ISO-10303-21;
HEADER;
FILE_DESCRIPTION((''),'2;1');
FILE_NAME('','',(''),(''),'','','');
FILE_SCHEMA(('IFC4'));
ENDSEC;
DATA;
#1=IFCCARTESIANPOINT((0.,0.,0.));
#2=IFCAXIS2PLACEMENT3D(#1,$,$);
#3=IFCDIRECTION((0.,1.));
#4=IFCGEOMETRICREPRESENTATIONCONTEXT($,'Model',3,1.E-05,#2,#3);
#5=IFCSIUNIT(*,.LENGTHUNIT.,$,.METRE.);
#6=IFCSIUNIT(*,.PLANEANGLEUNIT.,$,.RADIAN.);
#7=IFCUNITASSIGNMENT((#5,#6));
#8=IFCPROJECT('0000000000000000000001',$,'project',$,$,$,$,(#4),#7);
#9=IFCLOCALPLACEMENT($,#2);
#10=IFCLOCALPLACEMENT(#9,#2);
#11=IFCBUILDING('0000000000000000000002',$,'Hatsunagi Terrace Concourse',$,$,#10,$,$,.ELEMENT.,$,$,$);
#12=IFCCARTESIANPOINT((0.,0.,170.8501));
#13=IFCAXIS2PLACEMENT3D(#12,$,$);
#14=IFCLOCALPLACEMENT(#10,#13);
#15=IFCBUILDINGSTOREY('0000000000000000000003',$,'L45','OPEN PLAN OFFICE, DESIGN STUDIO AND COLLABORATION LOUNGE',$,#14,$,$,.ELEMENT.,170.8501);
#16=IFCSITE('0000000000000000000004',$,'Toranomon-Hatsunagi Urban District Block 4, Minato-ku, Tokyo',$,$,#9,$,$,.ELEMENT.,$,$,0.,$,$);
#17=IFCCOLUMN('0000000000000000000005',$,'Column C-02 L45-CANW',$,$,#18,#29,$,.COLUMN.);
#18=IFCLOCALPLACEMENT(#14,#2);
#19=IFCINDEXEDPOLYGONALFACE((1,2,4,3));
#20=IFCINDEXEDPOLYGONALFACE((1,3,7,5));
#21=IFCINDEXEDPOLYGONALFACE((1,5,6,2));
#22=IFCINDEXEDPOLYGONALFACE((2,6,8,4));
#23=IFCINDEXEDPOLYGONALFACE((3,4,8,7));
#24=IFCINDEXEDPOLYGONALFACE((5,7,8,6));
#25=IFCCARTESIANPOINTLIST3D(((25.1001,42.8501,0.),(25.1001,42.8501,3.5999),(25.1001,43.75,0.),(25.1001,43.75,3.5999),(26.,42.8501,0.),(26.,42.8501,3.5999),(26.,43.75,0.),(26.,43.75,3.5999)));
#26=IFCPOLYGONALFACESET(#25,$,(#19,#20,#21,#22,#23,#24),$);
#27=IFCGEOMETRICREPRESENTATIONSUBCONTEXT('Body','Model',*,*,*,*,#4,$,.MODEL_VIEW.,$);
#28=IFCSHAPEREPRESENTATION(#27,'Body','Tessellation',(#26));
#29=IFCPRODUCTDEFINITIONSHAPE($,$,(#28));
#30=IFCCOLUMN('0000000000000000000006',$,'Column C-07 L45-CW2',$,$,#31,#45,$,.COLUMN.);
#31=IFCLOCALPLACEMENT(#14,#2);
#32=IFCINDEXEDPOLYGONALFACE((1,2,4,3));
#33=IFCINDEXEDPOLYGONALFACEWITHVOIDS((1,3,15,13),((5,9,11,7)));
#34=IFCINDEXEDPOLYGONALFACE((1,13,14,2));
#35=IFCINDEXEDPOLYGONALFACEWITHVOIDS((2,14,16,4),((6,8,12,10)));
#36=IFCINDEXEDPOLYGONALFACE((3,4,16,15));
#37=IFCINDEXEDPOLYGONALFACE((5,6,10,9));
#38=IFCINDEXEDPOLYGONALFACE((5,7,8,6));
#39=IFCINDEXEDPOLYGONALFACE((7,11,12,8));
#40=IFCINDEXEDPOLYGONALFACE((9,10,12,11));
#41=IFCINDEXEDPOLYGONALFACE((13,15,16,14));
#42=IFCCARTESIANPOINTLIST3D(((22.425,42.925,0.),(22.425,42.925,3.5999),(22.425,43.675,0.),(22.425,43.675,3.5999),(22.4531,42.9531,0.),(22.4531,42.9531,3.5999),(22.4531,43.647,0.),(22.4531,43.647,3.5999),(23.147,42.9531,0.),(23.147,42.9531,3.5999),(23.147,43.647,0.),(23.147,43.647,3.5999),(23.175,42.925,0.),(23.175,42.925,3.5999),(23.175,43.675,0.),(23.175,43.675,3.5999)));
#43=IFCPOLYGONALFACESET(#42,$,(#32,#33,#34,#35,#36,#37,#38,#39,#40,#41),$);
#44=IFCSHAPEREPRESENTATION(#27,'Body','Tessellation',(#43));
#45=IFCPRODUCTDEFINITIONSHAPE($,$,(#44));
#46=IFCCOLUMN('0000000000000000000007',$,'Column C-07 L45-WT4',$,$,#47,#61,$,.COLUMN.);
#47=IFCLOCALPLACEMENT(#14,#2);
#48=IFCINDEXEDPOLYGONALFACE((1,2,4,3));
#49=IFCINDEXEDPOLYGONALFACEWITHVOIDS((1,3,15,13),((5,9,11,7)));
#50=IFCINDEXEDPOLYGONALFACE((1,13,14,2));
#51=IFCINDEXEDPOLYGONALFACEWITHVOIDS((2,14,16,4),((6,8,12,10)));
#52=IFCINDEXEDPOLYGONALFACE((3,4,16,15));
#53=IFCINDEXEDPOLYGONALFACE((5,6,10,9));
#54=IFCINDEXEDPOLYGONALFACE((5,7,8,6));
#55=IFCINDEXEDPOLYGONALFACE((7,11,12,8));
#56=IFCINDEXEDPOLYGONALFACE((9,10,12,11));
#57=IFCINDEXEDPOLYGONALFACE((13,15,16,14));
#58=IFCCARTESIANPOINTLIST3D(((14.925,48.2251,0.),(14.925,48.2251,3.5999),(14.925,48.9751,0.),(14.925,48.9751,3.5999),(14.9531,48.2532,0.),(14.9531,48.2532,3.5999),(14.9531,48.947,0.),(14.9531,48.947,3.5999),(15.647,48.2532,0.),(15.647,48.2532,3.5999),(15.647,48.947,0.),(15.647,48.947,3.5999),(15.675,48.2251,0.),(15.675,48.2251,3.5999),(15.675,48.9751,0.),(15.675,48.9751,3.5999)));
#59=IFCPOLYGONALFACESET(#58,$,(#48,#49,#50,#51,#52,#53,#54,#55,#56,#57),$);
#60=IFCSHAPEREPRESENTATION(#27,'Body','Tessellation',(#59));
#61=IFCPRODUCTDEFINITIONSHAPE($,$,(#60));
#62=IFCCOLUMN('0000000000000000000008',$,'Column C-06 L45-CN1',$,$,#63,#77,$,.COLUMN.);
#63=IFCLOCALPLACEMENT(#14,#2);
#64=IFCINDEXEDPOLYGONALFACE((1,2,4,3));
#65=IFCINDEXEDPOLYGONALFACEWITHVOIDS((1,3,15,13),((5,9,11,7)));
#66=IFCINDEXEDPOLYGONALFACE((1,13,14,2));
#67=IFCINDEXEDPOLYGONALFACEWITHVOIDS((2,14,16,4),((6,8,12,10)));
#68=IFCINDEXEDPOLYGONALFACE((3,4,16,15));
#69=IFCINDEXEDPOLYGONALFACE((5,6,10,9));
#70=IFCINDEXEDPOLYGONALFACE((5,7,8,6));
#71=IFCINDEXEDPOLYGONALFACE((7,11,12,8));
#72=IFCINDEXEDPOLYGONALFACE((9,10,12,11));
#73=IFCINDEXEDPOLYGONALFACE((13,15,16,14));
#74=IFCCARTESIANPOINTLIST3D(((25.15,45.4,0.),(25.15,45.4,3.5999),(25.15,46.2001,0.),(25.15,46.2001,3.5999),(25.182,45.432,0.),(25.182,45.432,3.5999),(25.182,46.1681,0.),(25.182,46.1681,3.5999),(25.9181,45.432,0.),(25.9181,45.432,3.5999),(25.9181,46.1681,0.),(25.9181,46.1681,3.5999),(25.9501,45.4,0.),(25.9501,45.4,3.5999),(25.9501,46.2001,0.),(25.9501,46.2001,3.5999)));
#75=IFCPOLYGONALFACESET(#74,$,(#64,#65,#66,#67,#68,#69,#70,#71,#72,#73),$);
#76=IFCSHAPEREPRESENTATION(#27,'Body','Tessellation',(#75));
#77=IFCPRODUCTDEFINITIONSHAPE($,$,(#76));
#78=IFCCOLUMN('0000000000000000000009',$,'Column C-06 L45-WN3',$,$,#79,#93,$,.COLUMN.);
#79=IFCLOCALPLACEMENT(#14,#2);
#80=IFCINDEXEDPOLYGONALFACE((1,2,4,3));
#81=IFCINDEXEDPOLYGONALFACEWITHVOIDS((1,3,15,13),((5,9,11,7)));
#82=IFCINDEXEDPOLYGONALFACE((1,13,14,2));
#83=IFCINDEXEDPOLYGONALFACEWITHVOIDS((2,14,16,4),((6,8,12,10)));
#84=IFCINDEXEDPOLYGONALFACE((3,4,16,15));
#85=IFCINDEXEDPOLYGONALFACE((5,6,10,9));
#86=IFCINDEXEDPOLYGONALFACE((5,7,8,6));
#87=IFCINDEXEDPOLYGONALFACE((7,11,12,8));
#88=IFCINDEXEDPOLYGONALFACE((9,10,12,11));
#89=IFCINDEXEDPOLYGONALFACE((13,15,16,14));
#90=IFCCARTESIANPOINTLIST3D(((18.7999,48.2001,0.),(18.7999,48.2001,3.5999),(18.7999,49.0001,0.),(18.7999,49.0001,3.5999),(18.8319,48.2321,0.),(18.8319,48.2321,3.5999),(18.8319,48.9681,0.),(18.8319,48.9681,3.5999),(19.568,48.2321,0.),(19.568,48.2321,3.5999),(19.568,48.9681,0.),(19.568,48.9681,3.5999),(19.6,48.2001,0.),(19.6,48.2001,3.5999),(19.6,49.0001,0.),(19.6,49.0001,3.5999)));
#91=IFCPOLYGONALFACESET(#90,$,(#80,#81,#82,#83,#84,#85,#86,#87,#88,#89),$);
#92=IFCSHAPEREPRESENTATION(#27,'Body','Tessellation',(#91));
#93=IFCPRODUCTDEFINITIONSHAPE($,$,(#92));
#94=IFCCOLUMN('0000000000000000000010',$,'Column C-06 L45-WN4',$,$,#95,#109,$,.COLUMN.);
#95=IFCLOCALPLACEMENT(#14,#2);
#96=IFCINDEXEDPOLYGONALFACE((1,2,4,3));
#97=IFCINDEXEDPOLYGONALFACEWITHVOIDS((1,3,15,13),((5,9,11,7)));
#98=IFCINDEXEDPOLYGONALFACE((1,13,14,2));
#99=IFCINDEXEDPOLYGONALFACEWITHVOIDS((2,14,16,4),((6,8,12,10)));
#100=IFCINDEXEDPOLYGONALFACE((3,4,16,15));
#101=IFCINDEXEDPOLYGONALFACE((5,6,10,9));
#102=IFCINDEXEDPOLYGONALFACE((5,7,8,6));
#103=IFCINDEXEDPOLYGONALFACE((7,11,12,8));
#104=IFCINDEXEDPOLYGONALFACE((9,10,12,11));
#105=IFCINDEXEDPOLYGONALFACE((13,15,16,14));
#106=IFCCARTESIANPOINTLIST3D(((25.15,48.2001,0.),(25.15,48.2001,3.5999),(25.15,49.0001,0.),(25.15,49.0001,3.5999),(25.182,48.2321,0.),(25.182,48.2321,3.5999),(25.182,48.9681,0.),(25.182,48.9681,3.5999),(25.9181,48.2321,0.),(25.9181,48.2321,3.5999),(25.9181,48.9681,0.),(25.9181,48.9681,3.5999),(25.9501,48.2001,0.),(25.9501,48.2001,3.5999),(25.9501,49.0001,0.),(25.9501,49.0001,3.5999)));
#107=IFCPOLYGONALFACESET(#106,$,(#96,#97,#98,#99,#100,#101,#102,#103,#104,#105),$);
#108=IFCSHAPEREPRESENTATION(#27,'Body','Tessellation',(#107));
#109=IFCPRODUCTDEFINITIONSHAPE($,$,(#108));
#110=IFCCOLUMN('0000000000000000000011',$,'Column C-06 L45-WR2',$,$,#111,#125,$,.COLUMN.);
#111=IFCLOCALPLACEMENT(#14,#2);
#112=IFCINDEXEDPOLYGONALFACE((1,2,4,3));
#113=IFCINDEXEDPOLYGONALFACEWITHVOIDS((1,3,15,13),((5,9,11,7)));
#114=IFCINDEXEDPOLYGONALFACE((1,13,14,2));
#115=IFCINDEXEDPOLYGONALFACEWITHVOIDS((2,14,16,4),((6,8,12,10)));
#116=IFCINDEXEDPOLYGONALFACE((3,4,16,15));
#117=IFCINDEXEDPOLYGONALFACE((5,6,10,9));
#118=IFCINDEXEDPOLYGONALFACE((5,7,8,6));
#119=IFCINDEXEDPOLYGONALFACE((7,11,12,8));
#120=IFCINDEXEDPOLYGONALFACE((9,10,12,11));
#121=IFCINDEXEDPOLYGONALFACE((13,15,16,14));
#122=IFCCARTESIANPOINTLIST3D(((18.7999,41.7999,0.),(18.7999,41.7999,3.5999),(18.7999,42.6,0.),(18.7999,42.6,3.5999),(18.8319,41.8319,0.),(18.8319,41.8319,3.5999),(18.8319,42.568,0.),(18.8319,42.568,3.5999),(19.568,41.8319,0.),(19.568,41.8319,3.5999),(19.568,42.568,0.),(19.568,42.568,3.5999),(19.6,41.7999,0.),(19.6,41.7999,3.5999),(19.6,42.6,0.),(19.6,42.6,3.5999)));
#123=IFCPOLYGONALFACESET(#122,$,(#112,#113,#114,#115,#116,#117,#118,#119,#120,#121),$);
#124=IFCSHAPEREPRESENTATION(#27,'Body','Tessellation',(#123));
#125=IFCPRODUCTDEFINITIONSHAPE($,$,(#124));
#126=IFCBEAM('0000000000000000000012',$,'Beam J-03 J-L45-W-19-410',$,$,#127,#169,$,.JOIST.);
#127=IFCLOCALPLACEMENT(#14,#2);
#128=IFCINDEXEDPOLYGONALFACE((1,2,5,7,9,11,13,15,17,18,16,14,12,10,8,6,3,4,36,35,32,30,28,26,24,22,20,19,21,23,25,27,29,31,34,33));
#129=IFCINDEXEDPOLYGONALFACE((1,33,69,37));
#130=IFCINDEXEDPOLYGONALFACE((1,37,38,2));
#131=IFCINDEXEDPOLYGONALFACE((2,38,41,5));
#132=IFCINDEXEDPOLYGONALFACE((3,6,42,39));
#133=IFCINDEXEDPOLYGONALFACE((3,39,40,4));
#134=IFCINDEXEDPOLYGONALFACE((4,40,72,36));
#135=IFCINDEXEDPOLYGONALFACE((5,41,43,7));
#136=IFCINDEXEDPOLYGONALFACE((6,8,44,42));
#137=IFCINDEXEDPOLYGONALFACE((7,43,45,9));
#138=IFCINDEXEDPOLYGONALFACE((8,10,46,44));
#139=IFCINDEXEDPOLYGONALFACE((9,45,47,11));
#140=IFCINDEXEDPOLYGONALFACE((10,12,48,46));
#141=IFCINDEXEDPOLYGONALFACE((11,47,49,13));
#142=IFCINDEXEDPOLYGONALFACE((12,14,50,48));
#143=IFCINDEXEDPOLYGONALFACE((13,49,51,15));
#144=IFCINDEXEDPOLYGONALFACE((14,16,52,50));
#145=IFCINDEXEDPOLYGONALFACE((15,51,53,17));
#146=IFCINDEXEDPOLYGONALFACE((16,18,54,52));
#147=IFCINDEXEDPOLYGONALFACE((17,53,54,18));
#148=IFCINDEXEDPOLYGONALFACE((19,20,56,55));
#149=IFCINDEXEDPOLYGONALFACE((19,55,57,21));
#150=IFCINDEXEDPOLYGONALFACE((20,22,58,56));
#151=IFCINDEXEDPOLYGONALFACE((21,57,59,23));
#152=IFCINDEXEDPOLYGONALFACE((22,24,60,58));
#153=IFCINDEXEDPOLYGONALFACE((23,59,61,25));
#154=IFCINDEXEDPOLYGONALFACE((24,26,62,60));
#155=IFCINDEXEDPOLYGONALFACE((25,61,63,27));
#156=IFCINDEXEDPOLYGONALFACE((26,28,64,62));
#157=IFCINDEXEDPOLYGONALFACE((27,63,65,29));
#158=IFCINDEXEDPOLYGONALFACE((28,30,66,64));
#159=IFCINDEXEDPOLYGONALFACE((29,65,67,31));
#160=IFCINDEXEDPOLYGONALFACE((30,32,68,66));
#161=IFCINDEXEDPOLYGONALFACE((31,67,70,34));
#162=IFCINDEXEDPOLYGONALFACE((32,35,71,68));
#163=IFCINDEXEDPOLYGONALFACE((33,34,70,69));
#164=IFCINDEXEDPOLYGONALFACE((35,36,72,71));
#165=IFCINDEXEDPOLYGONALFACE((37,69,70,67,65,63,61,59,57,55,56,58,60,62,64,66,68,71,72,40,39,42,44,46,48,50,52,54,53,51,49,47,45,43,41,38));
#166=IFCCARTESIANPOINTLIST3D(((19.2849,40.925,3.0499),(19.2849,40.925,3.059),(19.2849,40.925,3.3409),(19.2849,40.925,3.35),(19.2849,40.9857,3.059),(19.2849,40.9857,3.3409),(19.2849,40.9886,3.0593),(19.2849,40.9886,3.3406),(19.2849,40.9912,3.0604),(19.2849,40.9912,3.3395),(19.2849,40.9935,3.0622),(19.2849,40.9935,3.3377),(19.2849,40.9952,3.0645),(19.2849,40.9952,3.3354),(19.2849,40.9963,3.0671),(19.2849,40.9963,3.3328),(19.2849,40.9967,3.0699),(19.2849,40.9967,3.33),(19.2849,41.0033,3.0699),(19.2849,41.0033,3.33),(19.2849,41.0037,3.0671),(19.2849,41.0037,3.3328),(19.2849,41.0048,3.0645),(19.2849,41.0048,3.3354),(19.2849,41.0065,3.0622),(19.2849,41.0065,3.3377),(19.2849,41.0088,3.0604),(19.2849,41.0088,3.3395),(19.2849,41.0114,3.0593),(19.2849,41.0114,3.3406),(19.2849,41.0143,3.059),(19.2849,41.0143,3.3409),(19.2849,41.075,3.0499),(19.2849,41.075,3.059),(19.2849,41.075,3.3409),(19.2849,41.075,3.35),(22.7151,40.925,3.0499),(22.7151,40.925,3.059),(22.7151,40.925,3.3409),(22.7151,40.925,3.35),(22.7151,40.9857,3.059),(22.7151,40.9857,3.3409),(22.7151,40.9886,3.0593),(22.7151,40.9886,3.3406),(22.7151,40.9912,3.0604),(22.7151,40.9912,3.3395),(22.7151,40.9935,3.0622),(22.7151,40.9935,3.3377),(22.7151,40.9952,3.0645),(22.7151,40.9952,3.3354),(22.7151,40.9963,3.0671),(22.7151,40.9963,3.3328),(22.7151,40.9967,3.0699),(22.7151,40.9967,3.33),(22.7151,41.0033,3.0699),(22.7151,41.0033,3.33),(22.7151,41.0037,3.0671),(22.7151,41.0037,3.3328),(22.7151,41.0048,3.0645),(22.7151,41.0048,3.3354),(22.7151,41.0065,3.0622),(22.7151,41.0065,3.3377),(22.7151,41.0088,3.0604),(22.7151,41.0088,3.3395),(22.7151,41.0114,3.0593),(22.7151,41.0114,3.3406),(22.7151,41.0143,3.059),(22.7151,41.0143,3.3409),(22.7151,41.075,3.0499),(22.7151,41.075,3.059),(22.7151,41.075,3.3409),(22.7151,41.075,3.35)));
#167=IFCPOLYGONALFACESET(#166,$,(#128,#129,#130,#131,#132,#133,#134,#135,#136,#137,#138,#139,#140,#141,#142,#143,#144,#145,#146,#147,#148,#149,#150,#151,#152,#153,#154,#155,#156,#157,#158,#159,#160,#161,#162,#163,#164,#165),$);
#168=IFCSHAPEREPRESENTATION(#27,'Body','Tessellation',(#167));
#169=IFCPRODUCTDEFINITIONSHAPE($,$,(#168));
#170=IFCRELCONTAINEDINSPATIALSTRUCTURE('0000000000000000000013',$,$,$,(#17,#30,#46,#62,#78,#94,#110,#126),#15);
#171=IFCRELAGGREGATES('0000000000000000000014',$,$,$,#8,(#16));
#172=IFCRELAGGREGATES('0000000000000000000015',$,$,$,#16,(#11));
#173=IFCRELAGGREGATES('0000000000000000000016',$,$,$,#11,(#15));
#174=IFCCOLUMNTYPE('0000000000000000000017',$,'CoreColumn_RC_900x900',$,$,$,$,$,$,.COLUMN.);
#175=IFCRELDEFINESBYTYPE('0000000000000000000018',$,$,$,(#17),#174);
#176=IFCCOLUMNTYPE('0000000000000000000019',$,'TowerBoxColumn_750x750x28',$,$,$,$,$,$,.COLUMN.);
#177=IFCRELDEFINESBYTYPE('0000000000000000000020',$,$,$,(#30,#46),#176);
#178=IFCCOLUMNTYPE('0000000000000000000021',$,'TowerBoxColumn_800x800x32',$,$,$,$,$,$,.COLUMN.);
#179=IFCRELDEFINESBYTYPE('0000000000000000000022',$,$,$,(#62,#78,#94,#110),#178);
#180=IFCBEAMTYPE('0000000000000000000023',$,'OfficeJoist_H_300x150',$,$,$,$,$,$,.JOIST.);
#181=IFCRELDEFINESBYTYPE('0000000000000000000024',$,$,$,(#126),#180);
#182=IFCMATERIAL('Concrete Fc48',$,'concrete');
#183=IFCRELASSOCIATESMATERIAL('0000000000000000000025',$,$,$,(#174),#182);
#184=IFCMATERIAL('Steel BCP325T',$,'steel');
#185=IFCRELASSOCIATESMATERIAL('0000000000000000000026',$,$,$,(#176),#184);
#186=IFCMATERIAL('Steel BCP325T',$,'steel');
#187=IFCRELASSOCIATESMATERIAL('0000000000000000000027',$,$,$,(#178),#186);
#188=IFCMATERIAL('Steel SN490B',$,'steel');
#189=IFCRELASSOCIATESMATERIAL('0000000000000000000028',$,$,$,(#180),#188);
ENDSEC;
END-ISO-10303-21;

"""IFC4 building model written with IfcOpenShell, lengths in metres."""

from ifc_helpers import new_model, si_unit, direction, frame, origin, origin_2d, place, context, subcontext, project, spatial, rectangle, hollow_rectangle, i_section, extrude, material, material_profile, profile_set, type_object, element, save


model = new_model("IFC4")

# Units and contexts
model_context = context("Model", 3, precision=1e-05, world=origin(), true_north=direction((0.0, 1.0)))
body_context = subcontext(model_context, "Body", "Model", "MODEL_VIEW")
ifc_project = project(units=[si_unit("LENGTHUNIT", "METRE"), si_unit("PLANEANGLEUNIT", "RADIAN")], contexts=[model_context])

# Site, building, storey
site_placement = place(None, origin())
site = spatial("IfcSite", under=ifc_project, at=site_placement, Name="Toranomon-Hatsunagi Urban District Block 4, Minato-ku, Tokyo", CompositionType="ELEMENT", RefElevation=0.0)
building_placement = place(site_placement, origin())
building = spatial("IfcBuilding", under=site, at=building_placement, Name="Hatsunagi Terrace Concourse", CompositionType="ELEMENT")
storey_placement = place(building_placement, frame((0.0, 0.0, 170.8501)))
storey = spatial("IfcBuildingStorey", under=building, at=storey_placement, Name="L45", Description="OPEN PLAN OFFICE, DESIGN STUDIO AND COLLABORATION LOUNGE", CompositionType="ELEMENT", Elevation=170.8501)

# Columns
ifc_material_1 = material(Name="Concrete Fc48", Category="concrete")
ifc_material_profile_1 = material_profile(ifc_material_1, rectangle(XDim=0.8999, YDim=0.8999, at=origin_2d()), Name="RC-900x900")
ifc_profile_set_1 = profile_set([ifc_material_profile_1], Name="Concrete Fc48")
column_type_1 = type_object("IfcColumnType", Name="CoreColumn_RC_900x900", PredefinedType="COLUMN", material=ifc_profile_set_1)
column_placement = place(storey_placement, frame((25.55, 43.3, 0.0), z_axis=(0.0, 0.0, 1.0), x_axis=(1.0, 0.0, 0.0)))
element("IfcColumn", 1, at=column_placement, inside=storey, type_object=column_type_1, Name="Column C-02 L45-CANW", PredefinedType="COLUMN", context=body_context, shape_type="SweptSolid", body=[
    extrude(rectangle(XDim=0.8999, YDim=0.8999, at=origin_2d()), origin(), (0.0, 0.0, 1.0), 3.5999),
])
ifc_material_2 = material(Name="Steel BCP325T", Category="steel")
ifc_material_profile_2 = material_profile(ifc_material_2, hollow_rectangle(XDim=0.75, YDim=0.75, WallThickness=0.0281, at=origin_2d()), Name="BCP-750x750x28")
ifc_profile_set_2 = profile_set([ifc_material_profile_2], Name="Steel BCP325T")
column_type_2 = type_object("IfcColumnType", Name="TowerBoxColumn_750x750x28", PredefinedType="COLUMN", material=ifc_profile_set_2)
for number, where, z_axis, x_axis, name in (
    (2, (22.8, 43.3, 0.0), (0.0, 0.0, 1.0), (1.0, 0.0, 0.0), "Column C-07 L45-CW2"),
    (3, (15.3, 48.6001, 0.0), (0.0, 0.0, 1.0), (1.0, 0.0, 0.0), "Column C-07 L45-WT4"),
):
    element("IfcColumn", number, at=place(storey_placement, frame(where, z_axis=z_axis, x_axis=x_axis)), inside=storey, type_object=column_type_2, Name=name, PredefinedType="COLUMN", context=body_context, shape_type="SweptSolid", body=[
        extrude(hollow_rectangle(XDim=0.75, YDim=0.75, WallThickness=0.0281, at=origin_2d()), origin(), (0.0, 0.0, 1.0), 3.5999),
    ])
ifc_material_3 = material(Name="Steel BCP325T", Category="steel")
ifc_material_profile_3 = material_profile(ifc_material_3, hollow_rectangle(XDim=0.8, YDim=0.8, WallThickness=0.032, at=origin_2d()), Name="BCP-800x800x32")
ifc_profile_set_3 = profile_set([ifc_material_profile_3], Name="Steel BCP325T")
column_type_3 = type_object("IfcColumnType", Name="TowerBoxColumn_800x800x32", PredefinedType="COLUMN", material=ifc_profile_set_3)
for number, where, z_axis, x_axis, name in (
    (4, (25.55, 45.8, 0.0), (0.0, 0.0, 1.0), (1.0, 0.0, 0.0), "Column C-06 L45-CN1"),
    (5, (19.2, 48.6001, 0.0), (0.0, 0.0, 1.0), (1.0, 0.0, 0.0), "Column C-06 L45-WN3"),
    (6, (25.55, 48.6001, 0.0), (0.0, 0.0, 1.0), (1.0, 0.0, 0.0), "Column C-06 L45-WN4"),
    (7, (19.2, 42.2, 0.0), (0.0, 0.0, 1.0), (1.0, 0.0, 0.0), "Column C-06 L45-WR2"),
):
    element("IfcColumn", number, at=place(storey_placement, frame(where, z_axis=z_axis, x_axis=x_axis)), inside=storey, type_object=column_type_3, Name=name, PredefinedType="COLUMN", context=body_context, shape_type="SweptSolid", body=[
        extrude(hollow_rectangle(XDim=0.8, YDim=0.8, WallThickness=0.032, at=origin_2d()), origin(), (0.0, 0.0, 1.0), 3.5999),
    ])

# Beam
ifc_material_4 = material(Name="Steel SN490B", Category="steel")
ifc_material_profile_4 = material_profile(ifc_material_4, i_section(OverallWidth=0.1499, OverallDepth=0.3, WebThickness=0.0066, FlangeThickness=0.009, FilletRadius=0.011, at=origin_2d()), Name="H-300x150x6.5x9")
ifc_profile_set_4 = profile_set([ifc_material_profile_4], Name="Steel SN490B")
beam_type_1 = type_object("IfcBeamType", Name="OfficeJoist_H_300x150", PredefinedType="JOIST", material=ifc_profile_set_4)
beam_1_placement = place(storey_placement, frame((19.2849, 41.0, 3.2), z_axis=(1.0, 0.0, 0.0), x_axis=(0.0, 1.0, 0.0)))
element("IfcBeam", 8, at=beam_1_placement, inside=storey, type_object=beam_type_1, Name="Beam J-03 J-L45-W-19-410", PredefinedType="JOIST", context=body_context, shape_type="SweptSolid", body=[
    extrude(i_section(OverallWidth=0.1499, OverallDepth=0.3, WebThickness=0.0066, FlangeThickness=0.009, FilletRadius=0.011, at=origin_2d()), origin(), (0.0, 0.0, 1.0), 3.4302),
])

save(model, "model.ifc")
